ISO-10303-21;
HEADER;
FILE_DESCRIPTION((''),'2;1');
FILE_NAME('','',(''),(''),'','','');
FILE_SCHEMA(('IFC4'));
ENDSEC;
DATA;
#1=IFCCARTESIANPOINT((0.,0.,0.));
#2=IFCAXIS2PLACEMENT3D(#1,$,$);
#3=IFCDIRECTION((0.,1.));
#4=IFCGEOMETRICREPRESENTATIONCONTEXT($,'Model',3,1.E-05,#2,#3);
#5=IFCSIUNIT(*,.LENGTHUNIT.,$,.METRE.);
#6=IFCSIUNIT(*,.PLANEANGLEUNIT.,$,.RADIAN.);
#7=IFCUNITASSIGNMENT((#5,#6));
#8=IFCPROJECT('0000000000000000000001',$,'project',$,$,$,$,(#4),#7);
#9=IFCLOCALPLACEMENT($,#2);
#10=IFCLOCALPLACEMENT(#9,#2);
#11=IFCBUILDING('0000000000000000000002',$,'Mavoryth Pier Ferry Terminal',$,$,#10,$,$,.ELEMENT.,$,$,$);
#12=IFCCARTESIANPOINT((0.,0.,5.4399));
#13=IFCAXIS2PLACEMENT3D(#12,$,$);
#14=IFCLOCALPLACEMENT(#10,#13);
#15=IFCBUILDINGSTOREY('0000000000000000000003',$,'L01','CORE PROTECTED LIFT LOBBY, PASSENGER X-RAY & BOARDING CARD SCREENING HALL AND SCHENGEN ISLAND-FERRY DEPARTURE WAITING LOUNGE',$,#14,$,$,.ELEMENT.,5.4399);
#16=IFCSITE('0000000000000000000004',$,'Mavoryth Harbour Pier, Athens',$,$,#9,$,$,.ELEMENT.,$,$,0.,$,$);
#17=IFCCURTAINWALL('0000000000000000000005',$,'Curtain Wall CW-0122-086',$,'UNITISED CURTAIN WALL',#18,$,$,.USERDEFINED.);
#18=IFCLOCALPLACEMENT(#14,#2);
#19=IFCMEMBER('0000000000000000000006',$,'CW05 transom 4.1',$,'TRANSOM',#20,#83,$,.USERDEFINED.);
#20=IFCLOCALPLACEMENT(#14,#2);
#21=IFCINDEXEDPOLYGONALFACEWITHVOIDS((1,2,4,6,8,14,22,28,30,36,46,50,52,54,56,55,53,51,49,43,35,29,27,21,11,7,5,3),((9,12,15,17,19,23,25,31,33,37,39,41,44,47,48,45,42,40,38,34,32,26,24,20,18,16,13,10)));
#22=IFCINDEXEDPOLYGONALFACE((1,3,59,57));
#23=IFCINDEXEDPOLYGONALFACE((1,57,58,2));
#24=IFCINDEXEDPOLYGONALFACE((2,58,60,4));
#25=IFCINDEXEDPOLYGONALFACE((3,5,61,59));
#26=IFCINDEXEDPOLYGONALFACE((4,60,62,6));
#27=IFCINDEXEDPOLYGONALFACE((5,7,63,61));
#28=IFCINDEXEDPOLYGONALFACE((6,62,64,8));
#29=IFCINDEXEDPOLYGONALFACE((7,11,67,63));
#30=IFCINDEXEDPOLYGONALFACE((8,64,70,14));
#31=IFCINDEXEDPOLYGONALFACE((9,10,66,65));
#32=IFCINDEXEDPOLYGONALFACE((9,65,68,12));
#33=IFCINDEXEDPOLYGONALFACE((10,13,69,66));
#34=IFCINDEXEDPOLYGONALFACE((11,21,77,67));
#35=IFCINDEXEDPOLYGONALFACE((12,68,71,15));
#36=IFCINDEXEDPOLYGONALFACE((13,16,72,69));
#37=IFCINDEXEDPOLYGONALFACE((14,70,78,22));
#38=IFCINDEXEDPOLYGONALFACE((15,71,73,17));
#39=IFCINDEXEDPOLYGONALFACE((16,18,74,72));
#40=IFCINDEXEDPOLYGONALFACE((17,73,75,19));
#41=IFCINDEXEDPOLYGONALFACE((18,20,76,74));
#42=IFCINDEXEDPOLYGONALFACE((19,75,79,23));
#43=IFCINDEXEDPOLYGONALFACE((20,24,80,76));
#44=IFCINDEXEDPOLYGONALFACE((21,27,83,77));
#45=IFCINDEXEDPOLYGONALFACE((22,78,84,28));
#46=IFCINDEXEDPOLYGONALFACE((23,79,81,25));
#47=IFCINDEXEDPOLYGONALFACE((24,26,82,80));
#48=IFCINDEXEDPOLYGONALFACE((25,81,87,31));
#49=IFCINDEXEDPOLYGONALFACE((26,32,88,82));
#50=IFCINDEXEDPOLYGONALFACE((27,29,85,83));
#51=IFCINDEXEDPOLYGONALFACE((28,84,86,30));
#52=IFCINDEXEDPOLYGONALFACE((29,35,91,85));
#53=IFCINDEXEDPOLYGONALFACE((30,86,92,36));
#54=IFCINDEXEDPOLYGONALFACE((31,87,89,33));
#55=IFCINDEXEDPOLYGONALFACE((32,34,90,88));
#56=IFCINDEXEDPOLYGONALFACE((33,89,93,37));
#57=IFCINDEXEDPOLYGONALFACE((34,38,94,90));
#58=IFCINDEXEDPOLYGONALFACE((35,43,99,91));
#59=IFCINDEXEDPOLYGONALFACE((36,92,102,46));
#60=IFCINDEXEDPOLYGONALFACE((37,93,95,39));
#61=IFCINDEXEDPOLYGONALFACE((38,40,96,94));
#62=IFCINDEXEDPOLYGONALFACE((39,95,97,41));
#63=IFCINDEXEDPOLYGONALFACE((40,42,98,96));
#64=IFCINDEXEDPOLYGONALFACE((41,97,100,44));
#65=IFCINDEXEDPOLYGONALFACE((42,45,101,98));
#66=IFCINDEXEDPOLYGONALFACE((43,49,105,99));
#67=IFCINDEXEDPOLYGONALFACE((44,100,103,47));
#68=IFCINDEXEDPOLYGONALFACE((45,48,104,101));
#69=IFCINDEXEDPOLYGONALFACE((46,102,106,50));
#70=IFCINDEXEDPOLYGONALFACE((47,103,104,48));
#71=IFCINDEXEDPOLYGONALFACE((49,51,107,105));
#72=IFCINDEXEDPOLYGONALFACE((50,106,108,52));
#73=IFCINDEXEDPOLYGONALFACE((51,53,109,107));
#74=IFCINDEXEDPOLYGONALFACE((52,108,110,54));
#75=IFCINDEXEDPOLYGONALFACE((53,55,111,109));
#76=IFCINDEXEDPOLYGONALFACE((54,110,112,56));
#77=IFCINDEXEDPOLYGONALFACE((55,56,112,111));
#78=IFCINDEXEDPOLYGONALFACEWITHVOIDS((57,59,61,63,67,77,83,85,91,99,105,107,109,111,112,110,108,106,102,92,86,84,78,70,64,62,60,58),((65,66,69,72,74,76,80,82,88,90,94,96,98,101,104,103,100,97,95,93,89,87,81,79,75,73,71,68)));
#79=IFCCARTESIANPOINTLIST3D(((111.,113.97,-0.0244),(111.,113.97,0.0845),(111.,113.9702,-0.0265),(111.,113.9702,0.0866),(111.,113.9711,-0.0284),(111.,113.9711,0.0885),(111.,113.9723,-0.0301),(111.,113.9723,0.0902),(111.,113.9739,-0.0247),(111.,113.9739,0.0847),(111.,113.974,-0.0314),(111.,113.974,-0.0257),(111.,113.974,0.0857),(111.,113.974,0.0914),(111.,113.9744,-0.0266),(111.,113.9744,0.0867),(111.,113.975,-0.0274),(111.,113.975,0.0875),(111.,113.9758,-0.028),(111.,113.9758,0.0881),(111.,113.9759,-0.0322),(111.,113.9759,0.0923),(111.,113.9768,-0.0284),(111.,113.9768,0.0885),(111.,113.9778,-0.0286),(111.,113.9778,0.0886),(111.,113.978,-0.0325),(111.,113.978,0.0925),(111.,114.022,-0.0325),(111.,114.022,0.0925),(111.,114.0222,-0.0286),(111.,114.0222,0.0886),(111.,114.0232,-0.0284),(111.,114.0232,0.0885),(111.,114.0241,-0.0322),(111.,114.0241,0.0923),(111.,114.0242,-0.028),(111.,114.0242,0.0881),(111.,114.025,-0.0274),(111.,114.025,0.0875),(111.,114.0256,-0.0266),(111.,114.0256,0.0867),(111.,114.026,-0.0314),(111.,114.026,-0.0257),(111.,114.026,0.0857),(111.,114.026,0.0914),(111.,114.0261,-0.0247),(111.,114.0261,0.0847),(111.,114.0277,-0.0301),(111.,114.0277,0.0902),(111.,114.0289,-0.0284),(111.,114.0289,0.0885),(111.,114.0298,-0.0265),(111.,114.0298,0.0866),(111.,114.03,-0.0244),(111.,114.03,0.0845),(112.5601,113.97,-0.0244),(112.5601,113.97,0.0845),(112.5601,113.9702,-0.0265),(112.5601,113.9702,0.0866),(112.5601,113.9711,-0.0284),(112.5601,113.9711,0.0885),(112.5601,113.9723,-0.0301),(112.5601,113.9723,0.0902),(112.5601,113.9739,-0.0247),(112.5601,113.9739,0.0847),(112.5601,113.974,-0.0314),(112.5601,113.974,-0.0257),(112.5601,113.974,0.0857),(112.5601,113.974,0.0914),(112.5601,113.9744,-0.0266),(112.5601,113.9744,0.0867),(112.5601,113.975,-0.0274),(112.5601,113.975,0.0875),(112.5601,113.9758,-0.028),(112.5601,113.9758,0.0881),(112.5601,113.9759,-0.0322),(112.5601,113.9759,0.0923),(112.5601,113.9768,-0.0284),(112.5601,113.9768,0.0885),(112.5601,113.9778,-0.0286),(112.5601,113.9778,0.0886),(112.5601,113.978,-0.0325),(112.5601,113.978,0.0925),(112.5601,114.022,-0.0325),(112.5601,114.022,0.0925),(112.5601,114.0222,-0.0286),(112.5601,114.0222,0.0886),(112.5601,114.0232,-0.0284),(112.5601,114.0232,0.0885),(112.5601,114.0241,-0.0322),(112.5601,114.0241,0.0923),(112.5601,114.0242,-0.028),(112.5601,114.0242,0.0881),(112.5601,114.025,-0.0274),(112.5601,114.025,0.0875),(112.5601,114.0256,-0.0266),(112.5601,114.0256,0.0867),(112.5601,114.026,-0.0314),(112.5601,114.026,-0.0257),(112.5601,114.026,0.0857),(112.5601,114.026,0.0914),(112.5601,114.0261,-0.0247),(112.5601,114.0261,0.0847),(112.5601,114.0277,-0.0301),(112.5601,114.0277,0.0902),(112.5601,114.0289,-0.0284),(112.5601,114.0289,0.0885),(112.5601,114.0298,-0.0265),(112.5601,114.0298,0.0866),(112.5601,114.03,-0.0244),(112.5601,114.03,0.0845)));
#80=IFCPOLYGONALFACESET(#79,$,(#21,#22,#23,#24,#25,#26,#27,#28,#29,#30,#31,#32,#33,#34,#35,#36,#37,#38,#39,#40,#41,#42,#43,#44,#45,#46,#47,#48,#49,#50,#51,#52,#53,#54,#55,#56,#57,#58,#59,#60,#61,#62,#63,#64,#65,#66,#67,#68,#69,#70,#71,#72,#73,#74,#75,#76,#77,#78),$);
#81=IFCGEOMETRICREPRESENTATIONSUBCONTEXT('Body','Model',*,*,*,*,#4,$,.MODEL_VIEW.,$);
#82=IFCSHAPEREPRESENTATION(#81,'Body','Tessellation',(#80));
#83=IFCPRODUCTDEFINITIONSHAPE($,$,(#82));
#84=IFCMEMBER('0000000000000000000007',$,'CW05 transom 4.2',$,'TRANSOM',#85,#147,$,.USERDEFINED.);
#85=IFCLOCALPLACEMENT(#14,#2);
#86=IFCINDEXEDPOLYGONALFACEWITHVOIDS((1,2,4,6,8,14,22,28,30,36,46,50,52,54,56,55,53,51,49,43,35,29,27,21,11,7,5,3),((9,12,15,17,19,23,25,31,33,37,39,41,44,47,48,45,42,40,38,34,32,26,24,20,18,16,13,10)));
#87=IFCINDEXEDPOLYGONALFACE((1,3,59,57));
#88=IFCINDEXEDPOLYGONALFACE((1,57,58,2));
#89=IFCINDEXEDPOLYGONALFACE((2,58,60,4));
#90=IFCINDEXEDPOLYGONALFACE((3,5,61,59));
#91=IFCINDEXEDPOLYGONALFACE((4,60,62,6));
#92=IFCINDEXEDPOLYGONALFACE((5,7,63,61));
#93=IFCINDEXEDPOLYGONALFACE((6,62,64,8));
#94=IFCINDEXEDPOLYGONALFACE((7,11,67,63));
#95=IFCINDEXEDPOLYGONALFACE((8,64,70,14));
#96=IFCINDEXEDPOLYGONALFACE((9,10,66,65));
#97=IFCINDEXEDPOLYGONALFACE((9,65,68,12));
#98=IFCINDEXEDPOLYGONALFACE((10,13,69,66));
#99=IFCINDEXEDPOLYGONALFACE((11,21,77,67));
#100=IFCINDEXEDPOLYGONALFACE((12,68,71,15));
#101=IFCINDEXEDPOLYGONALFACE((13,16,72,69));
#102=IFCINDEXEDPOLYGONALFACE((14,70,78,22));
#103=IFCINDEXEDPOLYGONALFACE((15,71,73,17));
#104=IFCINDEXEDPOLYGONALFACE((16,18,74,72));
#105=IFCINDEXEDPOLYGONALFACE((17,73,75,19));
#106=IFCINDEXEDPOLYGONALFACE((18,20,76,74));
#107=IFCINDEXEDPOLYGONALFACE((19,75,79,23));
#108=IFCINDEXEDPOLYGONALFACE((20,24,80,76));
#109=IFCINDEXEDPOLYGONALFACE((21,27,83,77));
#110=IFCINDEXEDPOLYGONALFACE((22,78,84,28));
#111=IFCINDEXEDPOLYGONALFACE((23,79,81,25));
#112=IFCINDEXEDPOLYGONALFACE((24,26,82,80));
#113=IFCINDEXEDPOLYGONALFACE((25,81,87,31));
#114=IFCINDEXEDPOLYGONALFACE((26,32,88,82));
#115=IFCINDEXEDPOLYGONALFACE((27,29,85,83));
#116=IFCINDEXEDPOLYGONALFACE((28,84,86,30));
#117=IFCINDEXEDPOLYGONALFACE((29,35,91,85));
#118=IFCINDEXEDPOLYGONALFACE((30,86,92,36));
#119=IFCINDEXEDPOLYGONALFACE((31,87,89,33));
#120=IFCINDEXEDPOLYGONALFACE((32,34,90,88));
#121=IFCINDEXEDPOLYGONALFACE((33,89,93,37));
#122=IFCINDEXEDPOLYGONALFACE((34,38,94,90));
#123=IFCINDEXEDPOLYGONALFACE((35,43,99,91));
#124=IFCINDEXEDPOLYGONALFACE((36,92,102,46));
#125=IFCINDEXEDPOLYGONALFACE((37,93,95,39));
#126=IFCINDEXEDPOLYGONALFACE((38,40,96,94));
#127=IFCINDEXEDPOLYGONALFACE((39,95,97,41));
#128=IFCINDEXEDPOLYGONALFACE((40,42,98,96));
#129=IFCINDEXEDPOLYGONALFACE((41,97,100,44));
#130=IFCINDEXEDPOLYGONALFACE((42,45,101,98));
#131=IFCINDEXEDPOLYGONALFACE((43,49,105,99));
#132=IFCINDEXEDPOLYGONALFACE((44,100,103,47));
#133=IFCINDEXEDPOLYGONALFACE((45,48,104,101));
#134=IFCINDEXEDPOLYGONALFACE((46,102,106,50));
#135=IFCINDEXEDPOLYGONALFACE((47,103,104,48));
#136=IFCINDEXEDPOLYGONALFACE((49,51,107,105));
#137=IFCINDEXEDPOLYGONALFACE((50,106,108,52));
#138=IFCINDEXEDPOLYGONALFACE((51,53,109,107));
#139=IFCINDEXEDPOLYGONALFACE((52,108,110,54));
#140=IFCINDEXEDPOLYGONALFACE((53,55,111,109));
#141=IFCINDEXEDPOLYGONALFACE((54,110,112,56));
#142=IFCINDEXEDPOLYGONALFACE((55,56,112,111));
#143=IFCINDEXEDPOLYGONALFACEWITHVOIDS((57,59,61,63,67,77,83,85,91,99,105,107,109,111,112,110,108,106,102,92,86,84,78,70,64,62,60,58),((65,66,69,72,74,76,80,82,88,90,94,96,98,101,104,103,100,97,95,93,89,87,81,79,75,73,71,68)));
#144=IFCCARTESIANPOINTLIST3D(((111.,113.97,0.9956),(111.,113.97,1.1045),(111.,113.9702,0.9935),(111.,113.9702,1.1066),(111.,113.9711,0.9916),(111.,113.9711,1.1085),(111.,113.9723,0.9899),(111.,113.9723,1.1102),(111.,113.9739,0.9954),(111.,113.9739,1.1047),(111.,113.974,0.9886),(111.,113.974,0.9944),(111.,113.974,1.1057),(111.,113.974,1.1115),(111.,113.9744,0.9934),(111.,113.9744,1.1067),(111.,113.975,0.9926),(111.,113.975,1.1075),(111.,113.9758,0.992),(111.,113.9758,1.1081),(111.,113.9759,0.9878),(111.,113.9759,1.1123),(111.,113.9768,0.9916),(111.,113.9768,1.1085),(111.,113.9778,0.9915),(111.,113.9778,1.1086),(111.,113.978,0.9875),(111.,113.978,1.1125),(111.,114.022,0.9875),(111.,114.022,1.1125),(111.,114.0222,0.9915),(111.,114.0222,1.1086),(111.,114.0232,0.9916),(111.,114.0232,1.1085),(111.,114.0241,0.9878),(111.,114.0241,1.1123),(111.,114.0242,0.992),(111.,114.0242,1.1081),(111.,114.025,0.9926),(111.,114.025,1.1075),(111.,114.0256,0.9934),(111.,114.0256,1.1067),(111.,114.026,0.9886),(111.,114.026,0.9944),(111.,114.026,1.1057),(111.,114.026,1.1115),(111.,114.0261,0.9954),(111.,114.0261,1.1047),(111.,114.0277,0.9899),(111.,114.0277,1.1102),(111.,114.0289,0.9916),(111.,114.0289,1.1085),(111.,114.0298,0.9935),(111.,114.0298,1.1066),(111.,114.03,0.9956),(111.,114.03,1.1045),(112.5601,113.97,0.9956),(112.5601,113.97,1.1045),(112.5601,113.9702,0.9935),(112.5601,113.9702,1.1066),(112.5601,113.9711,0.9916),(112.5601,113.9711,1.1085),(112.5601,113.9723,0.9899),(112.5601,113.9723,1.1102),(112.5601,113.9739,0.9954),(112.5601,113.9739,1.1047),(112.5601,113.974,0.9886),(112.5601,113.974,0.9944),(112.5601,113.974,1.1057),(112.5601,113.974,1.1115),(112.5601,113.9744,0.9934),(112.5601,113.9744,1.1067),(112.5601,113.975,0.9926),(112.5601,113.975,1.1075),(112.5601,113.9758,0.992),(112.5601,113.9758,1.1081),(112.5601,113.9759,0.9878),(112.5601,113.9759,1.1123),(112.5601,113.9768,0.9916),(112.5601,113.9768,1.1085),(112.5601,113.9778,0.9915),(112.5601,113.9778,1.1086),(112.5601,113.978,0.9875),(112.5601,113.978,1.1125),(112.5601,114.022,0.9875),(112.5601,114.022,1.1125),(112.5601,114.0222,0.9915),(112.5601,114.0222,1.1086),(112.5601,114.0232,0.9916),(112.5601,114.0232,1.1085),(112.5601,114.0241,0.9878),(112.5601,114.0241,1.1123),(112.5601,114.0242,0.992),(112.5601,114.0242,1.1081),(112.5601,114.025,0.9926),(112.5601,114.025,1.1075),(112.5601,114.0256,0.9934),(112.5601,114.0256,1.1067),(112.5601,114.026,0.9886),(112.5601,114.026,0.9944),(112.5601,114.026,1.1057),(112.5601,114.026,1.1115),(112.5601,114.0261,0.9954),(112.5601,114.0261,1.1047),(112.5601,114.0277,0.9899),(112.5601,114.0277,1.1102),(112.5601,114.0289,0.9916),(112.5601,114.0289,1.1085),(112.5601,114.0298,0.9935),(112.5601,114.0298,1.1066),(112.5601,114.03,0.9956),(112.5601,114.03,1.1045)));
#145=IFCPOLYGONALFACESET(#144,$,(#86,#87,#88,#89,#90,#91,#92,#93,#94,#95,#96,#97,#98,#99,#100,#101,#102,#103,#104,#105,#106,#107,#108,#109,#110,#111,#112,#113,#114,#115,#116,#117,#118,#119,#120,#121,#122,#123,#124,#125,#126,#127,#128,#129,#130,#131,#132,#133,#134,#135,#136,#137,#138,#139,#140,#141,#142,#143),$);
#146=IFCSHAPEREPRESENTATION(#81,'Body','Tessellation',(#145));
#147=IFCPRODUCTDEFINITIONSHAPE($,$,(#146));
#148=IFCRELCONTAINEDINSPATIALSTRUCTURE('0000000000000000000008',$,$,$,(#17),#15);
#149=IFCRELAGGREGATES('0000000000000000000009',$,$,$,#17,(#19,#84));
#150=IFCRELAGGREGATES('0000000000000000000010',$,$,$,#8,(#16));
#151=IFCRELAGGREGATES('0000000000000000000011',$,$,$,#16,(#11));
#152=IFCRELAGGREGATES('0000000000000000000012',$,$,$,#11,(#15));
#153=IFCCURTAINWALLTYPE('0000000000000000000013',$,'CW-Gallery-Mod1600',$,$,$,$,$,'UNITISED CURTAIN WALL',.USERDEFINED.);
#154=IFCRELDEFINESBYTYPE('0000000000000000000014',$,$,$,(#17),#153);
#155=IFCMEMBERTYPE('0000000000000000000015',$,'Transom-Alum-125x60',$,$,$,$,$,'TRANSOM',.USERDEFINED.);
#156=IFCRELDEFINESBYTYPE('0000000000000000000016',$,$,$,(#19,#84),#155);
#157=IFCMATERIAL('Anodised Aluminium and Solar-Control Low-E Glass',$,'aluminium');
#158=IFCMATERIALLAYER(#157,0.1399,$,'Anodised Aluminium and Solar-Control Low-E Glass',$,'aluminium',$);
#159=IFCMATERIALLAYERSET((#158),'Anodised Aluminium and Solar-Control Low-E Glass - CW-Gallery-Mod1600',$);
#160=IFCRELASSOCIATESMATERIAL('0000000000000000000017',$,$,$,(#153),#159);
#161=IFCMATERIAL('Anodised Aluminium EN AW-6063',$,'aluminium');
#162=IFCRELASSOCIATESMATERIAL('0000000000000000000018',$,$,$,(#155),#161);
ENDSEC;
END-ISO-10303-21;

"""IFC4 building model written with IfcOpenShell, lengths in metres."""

from ifc_helpers import new_model, si_unit, direction, frame, origin, origin_2d, place, context, subcontext, project, spatial, hollow_rectangle, extrude, material, layer, layer_set, material_profile, profile_set, type_object, element, aggregate, save


model = new_model("IFC4")

# Units and contexts
model_context = context("Model", 3, precision=1e-05, world=origin(), true_north=direction((0.0, 1.0)))
body_context = subcontext(model_context, "Body", "Model", "MODEL_VIEW")
ifc_project = project(units=[si_unit("LENGTHUNIT", "METRE"), si_unit("PLANEANGLEUNIT", "RADIAN")], contexts=[model_context])

# Site, building, storey
site_placement = place(None, origin())
site = spatial("IfcSite", under=ifc_project, at=site_placement, Name="Mavoryth Harbour Pier, Athens", CompositionType="ELEMENT", RefElevation=0.0)
building_placement = place(site_placement, origin())
building = spatial("IfcBuilding", under=site, at=building_placement, Name="Mavoryth Pier Ferry Terminal", CompositionType="ELEMENT")
storey_placement = place(building_placement, frame((0.0, 0.0, 5.4399)))
storey = spatial("IfcBuildingStorey", under=building, at=storey_placement, Name="L01", Description="CORE PROTECTED LIFT LOBBY, PASSENGER X-RAY & BOARDING CARD SCREENING HALL AND SCHENGEN ISLAND-FERRY DEPARTURE WAITING LOUNGE", CompositionType="ELEMENT", Elevation=5.4399)

# Curtain wall
ifc_material_1 = material(Name="Anodised Aluminium and Solar-Control Low-E Glass", Category="aluminium")
ifc_layer_1 = layer(ifc_material_1, 0.1399, Name="Anodised Aluminium and Solar-Control Low-E Glass", Category="aluminium")
ifc_layer_set_1 = layer_set([ifc_layer_1], Name="Anodised Aluminium and Solar-Control Low-E Glass - CW-Gallery-Mod1600")
curtain_wall_type = type_object("IfcCurtainWallType", Name="CW-Gallery-Mod1600", ElementType="UNITISED CURTAIN WALL", PredefinedType="USERDEFINED", material=ifc_layer_set_1)
ifc_material_2 = material(Name="Anodised Aluminium EN AW-6063", Category="aluminium")
curtain_wall_1_placement = place(storey_placement, origin())
curtain_wall_1 = element("IfcCurtainWall", 1, at=curtain_wall_1_placement, inside=storey, type_object=curtain_wall_type, Name="Curtain Wall CW-0122-086", ObjectType="UNITISED CURTAIN WALL", PredefinedType="USERDEFINED")

# Members
ifc_material_profile_1 = material_profile(ifc_material_2, hollow_rectangle(XDim=0.0601, YDim=0.125, WallThickness=0.0039, InnerFilletRadius=0.0039, OuterFilletRadius=0.0081, at=origin_2d()), Name="AL-TRAN 125x60x4", Category="aluminium")
ifc_profile_set_1 = profile_set([ifc_material_profile_1], Name="Anodised Aluminium EN AW-6063 - AL-TRAN 125x60x4")
member_type_1 = type_object("IfcMemberType", Name="Transom-Alum-125x60", ElementType="TRANSOM", PredefinedType="USERDEFINED", material=ifc_profile_set_1)
member_1_placement = place(storey_placement, frame((112.5601, 114.0, 0.03), z_axis=(-1.0, 0.0, 0.0), x_axis=(0.0, -1.0, 0.0)))
member_1 = element("IfcMember", 2, at=member_1_placement, type_object=member_type_1, Name="CW05 transom 4.1", ObjectType="TRANSOM", PredefinedType="USERDEFINED", context=body_context, shape_type="SweptSolid", body=[
    extrude(hollow_rectangle(XDim=0.0601, YDim=0.125, WallThickness=0.0039, InnerFilletRadius=0.0039, OuterFilletRadius=0.0081, at=origin_2d()), origin(), (0.0, 0.0, 1.0), 1.5601),
])
member_2_placement = place(storey_placement, frame((112.5601, 114.0, 1.05), z_axis=(-1.0, 0.0, 0.0), x_axis=(0.0, -1.0, 0.0)))
member_2 = element("IfcMember", 3, at=member_2_placement, type_object=member_type_1, Name="CW05 transom 4.2", ObjectType="TRANSOM", PredefinedType="USERDEFINED", context=body_context, shape_type="SweptSolid", body=[
    extrude(hollow_rectangle(XDim=0.0601, YDim=0.125, WallThickness=0.0039, InnerFilletRadius=0.0039, OuterFilletRadius=0.0081, at=origin_2d()), origin(), (0.0, 0.0, 1.0), 1.5601),
])

aggregate(curtain_wall_1, [member_1, member_2])

save(model, "model.ifc")
